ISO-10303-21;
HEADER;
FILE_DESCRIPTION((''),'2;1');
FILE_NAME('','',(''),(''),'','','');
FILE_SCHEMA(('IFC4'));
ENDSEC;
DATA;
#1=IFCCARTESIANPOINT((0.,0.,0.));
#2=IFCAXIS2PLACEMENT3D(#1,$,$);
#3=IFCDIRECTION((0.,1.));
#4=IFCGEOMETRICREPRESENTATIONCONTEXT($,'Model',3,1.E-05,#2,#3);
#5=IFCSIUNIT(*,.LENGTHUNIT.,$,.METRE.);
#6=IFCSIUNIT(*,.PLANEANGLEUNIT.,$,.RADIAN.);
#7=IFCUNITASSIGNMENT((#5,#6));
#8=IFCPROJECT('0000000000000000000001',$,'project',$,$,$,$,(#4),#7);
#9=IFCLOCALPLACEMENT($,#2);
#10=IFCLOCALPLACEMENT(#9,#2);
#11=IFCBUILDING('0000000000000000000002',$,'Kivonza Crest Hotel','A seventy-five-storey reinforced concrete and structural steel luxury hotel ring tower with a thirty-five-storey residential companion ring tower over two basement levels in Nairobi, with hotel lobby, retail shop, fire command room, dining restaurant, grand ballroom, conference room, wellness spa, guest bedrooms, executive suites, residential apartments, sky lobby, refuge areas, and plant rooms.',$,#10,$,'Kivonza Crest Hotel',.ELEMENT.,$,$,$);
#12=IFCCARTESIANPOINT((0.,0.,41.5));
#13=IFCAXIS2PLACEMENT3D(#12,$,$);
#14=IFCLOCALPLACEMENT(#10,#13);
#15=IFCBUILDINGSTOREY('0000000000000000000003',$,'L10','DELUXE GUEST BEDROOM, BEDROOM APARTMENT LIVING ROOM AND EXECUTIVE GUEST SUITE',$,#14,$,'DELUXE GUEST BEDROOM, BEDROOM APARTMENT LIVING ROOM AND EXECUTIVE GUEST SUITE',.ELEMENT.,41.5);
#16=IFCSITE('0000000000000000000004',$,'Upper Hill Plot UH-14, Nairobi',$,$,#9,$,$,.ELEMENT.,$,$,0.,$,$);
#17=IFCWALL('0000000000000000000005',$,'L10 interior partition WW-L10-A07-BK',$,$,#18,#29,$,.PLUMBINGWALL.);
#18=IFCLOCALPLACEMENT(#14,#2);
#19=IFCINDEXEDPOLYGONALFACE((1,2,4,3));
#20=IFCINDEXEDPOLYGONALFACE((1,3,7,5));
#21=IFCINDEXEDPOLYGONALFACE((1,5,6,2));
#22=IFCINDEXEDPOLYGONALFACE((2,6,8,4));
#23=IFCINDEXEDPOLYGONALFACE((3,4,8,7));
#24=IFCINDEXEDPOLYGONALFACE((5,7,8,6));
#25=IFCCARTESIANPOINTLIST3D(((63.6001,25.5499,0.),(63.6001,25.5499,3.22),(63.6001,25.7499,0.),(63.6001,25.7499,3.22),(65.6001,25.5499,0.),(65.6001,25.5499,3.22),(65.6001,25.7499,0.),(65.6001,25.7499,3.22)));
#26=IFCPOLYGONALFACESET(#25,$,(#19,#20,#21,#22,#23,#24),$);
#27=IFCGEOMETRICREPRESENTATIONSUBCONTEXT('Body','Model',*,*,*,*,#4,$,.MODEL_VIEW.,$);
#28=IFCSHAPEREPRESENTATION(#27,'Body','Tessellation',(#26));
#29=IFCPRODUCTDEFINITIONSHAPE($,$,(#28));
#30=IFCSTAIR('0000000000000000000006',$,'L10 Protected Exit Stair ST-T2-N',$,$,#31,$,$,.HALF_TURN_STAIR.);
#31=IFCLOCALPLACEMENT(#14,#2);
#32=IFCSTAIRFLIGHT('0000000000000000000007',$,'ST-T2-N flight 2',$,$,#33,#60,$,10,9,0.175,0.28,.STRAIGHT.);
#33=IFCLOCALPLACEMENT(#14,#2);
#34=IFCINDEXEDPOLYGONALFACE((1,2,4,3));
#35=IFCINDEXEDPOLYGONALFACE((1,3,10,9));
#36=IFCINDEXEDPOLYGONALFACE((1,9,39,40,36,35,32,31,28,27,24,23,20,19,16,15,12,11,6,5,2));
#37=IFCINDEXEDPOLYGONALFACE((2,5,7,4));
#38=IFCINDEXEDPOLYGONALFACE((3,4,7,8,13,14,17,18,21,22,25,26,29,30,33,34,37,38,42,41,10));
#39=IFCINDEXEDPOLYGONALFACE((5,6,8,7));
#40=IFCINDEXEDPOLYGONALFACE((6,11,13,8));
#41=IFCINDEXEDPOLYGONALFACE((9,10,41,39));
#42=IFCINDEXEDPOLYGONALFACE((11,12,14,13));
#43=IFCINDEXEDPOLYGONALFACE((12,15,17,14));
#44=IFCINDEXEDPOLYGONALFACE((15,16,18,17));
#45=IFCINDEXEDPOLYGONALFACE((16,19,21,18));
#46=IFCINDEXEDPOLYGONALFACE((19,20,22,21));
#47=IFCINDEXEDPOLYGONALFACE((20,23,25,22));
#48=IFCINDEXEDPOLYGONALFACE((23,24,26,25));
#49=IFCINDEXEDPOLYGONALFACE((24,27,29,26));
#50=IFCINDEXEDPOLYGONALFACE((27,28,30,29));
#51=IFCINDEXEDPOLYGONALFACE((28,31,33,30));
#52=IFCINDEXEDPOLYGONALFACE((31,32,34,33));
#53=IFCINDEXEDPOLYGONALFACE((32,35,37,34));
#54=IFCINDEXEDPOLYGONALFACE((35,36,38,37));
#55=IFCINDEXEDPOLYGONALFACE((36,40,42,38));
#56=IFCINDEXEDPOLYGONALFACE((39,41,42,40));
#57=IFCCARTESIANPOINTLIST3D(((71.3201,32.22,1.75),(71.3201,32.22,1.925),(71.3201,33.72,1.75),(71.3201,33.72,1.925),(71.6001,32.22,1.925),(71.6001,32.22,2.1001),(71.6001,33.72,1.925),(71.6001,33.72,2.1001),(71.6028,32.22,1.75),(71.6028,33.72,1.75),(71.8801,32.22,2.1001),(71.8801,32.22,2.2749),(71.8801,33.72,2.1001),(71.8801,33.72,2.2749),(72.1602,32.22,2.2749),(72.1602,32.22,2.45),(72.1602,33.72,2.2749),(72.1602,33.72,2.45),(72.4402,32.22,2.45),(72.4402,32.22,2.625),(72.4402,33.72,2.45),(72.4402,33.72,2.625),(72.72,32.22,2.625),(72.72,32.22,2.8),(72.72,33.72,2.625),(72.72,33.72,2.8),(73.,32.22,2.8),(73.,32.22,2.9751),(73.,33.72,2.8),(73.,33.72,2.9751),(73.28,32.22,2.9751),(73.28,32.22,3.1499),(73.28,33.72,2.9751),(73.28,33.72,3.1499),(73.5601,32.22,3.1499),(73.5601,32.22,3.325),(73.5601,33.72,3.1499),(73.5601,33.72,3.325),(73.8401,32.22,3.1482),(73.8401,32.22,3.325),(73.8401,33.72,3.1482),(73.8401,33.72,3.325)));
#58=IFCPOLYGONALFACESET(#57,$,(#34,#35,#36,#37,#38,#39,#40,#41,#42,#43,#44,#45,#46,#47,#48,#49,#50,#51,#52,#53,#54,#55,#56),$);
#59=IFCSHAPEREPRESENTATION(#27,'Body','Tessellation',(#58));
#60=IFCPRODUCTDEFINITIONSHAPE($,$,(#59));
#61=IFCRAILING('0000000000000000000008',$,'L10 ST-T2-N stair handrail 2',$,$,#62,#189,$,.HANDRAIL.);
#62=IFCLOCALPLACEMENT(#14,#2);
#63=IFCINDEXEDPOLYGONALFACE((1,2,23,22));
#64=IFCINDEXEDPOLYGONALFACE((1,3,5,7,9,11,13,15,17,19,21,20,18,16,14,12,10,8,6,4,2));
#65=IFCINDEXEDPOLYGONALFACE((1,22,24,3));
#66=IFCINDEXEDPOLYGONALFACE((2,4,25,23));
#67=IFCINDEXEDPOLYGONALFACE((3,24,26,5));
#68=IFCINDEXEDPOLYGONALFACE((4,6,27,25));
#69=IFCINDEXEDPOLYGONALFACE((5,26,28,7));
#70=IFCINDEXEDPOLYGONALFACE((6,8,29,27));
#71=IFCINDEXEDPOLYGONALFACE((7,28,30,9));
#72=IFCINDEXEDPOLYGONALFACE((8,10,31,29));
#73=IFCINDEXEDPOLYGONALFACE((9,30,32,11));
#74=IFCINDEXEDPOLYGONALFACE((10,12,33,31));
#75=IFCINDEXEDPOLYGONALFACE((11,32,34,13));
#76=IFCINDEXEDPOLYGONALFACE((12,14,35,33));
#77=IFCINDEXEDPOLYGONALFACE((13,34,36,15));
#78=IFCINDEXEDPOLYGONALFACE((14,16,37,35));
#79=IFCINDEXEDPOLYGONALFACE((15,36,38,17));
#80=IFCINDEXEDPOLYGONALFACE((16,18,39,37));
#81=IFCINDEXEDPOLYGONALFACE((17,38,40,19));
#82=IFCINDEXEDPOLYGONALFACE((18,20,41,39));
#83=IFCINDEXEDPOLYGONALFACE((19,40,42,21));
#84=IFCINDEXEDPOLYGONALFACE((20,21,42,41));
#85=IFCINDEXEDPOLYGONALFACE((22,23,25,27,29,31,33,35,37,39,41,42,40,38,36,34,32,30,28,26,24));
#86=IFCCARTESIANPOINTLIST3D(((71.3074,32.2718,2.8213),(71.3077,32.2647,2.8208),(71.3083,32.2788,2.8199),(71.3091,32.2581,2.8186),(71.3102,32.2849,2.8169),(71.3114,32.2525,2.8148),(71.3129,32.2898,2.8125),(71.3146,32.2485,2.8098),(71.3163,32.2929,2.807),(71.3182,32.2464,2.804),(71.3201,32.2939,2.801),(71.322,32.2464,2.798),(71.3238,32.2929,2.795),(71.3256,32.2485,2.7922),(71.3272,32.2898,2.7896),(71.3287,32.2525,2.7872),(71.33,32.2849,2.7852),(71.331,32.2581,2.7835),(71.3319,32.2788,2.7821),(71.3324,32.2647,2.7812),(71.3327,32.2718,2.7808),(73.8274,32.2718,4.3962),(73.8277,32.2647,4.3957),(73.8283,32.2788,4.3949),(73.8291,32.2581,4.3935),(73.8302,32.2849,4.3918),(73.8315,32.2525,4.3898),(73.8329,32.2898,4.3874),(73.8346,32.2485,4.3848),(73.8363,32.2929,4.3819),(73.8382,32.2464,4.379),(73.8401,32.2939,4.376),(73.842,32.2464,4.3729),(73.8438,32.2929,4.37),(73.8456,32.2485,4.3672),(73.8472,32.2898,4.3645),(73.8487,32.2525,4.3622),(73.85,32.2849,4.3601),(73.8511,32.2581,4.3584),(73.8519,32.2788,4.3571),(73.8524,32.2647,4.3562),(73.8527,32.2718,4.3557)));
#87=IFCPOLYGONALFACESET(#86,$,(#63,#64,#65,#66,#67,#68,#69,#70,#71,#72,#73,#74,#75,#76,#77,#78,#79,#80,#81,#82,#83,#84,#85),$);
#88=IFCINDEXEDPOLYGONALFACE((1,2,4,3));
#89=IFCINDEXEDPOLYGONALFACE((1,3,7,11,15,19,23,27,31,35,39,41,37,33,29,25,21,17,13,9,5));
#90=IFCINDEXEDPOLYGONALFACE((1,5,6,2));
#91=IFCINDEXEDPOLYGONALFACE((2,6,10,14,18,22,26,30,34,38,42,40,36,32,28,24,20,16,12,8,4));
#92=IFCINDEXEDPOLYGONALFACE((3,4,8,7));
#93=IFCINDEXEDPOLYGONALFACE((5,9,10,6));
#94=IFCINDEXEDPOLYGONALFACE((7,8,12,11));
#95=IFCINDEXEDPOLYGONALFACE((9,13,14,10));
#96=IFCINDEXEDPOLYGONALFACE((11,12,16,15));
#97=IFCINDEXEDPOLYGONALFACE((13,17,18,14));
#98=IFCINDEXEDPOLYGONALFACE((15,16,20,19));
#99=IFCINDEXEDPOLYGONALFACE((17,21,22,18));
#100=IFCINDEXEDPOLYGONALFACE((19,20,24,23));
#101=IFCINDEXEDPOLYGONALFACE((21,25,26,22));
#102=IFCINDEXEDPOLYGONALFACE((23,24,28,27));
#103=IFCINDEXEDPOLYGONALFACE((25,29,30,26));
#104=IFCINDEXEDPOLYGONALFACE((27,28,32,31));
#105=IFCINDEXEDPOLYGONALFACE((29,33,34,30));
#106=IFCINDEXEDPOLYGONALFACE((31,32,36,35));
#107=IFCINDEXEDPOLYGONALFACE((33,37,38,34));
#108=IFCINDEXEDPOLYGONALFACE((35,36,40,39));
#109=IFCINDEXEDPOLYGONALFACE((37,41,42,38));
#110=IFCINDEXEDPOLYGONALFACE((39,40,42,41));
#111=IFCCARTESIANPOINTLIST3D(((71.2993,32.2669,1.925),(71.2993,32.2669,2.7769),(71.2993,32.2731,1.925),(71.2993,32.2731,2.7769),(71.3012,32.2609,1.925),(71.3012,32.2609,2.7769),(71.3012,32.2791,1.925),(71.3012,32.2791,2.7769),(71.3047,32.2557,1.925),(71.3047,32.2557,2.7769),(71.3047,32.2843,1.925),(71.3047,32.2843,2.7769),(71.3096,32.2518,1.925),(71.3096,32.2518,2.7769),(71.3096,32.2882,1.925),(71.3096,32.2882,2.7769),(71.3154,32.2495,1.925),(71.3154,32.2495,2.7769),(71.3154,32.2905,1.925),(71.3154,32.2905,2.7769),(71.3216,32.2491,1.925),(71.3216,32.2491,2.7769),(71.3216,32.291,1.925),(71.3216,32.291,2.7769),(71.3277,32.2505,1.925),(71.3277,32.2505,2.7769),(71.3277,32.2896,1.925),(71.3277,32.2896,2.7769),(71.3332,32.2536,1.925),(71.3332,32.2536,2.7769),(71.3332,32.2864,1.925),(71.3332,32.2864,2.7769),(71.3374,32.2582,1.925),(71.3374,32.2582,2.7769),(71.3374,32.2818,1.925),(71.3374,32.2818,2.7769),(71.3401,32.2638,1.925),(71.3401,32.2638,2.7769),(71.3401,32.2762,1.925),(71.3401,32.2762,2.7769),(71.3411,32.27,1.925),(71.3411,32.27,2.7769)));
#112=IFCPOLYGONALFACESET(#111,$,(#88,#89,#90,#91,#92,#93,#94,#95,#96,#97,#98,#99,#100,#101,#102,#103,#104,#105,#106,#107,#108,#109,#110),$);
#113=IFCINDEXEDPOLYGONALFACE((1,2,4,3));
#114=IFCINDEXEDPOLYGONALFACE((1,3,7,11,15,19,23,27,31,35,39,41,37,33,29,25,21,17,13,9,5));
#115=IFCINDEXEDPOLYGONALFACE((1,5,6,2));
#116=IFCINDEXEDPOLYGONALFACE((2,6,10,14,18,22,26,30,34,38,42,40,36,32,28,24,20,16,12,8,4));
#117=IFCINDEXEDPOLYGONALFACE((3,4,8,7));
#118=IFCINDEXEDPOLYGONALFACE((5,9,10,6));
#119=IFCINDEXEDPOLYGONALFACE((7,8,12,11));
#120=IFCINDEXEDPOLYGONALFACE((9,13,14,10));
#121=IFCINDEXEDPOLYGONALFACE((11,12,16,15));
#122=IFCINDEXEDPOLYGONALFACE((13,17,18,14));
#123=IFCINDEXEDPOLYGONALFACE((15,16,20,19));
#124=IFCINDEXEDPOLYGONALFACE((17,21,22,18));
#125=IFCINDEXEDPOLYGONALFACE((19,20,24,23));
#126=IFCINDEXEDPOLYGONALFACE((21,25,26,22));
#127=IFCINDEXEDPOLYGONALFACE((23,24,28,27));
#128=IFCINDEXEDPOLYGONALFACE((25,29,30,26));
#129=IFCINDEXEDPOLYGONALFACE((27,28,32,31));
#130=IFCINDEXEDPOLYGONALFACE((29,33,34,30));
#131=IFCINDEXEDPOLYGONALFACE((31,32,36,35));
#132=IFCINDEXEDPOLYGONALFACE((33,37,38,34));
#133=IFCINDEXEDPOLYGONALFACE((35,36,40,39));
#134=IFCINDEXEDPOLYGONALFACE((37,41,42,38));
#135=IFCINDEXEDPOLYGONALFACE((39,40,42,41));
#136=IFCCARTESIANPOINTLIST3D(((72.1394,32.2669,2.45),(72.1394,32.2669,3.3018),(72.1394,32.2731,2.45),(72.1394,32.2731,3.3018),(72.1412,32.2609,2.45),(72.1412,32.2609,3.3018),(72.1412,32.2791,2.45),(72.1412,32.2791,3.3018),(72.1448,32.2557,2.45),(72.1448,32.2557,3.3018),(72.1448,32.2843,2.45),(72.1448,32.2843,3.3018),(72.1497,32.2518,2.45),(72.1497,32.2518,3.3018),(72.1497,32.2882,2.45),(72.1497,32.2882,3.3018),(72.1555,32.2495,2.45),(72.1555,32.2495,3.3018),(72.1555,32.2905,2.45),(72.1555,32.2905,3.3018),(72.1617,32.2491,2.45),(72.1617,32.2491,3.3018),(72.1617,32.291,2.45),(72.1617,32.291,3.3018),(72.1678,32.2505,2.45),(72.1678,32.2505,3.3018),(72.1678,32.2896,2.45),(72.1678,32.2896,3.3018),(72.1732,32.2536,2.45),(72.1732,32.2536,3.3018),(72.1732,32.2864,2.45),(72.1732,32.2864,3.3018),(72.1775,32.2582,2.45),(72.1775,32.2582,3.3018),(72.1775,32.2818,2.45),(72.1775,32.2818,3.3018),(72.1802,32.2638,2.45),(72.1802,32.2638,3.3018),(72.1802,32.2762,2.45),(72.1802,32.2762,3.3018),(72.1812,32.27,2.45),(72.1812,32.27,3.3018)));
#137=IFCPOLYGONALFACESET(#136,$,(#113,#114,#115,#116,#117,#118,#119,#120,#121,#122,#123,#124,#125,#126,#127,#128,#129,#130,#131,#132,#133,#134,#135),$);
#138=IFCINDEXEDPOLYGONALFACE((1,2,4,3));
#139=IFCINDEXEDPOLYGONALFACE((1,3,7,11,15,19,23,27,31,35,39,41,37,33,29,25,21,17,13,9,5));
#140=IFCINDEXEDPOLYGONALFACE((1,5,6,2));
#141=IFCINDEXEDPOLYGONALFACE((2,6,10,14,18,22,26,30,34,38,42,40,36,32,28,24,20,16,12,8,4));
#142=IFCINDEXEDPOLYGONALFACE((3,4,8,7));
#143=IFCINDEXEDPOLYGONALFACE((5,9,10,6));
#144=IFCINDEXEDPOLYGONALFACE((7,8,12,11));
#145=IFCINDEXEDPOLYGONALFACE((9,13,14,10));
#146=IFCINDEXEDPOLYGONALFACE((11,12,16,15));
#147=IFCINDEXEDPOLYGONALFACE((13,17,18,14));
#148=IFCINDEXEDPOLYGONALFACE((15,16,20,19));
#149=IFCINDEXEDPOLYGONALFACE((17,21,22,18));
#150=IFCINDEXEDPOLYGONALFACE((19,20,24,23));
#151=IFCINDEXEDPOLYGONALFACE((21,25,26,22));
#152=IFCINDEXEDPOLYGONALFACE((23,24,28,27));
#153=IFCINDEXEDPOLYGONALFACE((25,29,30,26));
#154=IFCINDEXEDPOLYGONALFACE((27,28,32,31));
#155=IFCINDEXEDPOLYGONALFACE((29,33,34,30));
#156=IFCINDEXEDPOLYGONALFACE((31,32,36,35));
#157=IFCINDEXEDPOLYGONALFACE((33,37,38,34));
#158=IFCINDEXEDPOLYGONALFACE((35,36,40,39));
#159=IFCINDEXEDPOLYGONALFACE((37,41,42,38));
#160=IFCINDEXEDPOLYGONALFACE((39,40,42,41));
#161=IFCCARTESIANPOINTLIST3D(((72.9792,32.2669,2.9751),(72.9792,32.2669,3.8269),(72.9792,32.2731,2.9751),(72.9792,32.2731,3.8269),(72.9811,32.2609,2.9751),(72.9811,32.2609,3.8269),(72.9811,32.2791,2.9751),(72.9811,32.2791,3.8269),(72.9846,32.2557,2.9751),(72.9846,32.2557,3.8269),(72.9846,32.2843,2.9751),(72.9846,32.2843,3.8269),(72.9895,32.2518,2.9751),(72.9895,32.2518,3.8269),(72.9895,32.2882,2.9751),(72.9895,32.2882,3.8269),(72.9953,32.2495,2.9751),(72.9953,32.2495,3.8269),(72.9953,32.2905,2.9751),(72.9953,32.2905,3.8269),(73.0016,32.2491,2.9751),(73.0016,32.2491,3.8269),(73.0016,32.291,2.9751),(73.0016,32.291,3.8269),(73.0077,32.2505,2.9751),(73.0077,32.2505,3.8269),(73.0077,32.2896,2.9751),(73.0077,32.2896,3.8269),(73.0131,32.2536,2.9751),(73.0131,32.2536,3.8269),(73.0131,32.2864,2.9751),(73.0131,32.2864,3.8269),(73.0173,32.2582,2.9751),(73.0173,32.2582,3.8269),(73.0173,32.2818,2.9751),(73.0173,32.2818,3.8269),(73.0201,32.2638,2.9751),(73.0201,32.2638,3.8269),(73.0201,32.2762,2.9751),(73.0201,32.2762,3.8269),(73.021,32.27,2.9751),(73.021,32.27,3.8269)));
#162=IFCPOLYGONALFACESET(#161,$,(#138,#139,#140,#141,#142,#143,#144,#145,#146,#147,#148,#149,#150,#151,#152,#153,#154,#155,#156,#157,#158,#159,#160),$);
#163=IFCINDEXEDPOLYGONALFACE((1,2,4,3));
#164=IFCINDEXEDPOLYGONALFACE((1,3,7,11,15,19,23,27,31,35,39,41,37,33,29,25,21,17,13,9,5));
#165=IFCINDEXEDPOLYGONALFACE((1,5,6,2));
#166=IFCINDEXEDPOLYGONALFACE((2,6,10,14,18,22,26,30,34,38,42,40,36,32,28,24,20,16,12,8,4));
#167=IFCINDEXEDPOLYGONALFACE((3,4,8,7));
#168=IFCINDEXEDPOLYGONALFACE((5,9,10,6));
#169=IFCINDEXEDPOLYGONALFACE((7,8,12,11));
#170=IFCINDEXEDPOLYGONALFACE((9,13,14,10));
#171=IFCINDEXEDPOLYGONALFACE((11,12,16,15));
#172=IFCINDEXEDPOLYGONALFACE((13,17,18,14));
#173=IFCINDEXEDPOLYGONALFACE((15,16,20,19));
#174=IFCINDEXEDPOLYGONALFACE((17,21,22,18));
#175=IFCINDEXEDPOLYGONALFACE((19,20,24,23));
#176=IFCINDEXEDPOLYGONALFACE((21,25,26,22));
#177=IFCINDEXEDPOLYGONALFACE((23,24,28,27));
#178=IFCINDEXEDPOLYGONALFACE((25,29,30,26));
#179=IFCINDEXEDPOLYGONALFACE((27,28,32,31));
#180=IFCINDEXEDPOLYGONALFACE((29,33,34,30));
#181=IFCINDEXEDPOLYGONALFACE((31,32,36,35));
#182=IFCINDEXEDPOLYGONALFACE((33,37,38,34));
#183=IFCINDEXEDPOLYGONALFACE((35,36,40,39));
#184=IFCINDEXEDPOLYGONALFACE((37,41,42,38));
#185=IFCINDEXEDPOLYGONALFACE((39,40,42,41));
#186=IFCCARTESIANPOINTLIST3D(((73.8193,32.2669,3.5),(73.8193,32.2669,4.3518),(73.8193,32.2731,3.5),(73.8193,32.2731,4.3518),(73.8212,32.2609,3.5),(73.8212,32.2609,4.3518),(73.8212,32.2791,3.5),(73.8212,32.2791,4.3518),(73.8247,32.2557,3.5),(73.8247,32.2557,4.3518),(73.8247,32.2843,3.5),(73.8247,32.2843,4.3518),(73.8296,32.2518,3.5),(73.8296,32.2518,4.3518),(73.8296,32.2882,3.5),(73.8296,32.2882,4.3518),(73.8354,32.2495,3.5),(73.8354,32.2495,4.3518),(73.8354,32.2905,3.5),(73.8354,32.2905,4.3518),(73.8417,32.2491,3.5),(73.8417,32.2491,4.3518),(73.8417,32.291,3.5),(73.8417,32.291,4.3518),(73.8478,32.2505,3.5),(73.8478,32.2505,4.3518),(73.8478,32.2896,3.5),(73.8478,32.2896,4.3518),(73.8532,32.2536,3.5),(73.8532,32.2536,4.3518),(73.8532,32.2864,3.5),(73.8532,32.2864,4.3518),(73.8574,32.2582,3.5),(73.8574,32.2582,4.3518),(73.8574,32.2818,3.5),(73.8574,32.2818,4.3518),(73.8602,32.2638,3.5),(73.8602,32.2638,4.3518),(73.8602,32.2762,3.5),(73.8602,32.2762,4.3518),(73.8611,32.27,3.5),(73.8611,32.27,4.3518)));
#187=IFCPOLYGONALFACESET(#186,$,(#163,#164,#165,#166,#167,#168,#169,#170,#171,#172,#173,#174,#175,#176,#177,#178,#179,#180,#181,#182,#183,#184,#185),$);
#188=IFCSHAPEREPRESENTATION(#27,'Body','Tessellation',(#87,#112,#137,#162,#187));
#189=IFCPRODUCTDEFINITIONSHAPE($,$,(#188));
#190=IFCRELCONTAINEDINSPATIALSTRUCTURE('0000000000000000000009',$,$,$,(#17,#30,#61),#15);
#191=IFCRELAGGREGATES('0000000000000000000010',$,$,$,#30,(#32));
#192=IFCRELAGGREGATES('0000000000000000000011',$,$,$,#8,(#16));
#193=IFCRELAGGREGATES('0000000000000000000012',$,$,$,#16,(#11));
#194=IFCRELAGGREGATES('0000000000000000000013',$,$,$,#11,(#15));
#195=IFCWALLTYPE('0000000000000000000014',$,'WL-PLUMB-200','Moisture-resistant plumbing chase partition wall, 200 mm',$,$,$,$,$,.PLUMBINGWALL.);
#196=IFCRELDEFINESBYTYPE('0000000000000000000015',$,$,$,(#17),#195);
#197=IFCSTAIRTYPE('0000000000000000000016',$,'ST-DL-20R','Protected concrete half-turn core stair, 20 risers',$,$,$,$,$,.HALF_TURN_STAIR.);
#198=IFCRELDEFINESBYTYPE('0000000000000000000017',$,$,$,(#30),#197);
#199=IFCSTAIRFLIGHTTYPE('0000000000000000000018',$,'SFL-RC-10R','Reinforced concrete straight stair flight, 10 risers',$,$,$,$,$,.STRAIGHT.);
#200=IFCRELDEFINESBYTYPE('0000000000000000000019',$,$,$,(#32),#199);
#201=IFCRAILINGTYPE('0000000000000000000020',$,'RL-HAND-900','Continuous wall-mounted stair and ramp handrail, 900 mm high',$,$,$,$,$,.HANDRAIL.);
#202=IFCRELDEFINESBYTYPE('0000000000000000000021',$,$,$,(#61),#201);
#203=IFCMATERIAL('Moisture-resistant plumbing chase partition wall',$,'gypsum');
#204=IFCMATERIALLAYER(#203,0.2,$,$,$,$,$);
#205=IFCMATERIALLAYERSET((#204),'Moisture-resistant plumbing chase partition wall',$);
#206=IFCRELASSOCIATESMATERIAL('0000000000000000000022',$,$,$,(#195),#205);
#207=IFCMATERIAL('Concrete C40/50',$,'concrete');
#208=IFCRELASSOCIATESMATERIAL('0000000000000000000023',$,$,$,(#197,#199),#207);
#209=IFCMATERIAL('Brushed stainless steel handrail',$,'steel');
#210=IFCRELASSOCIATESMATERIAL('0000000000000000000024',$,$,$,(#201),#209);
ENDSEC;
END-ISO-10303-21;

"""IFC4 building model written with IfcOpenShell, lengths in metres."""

from ifc_helpers import new_model, si_unit, direction, frame, frame_2d, origin, origin_2d, place, context, subcontext, project, spatial, polyline, rectangle, circle, outline, extrude, material, layer, layer_set, type_object, element, aggregate, save


model = new_model("IFC4")

# Units and contexts
model_context = context("Model", 3, precision=1e-05, world=origin(), true_north=direction((0.0, 1.0)))
body_context = subcontext(model_context, "Body", "Model", "MODEL_VIEW")
ifc_project = project(units=[si_unit("LENGTHUNIT", "METRE"), si_unit("PLANEANGLEUNIT", "RADIAN")], contexts=[model_context])

# Site, building, storey
site_placement = place(None, origin())
site = spatial("IfcSite", under=ifc_project, at=site_placement, Name="Upper Hill Plot UH-14, Nairobi", CompositionType="ELEMENT", RefElevation=0.0)
building_placement = place(site_placement, origin())
building = spatial("IfcBuilding", under=site, at=building_placement, Name="Kivonza Crest Hotel", Description="A seventy-five-storey reinforced concrete and structural steel luxury hotel ring tower with a thirty-five-storey residential companion ring tower over two basement levels in Nairobi, with hotel lobby, retail shop, fire command room, dining restaurant, grand ballroom, conference room, wellness spa, guest bedrooms, executive suites, residential apartments, sky lobby, refuge areas, and plant rooms.", LongName="Kivonza Crest Hotel", CompositionType="ELEMENT")
storey_placement = place(building_placement, frame((0.0, 0.0, 41.5)))
storey = spatial("IfcBuildingStorey", under=building, at=storey_placement, Name="L10", Description="DELUXE GUEST BEDROOM, BEDROOM APARTMENT LIVING ROOM AND EXECUTIVE GUEST SUITE", LongName="DELUXE GUEST BEDROOM, BEDROOM APARTMENT LIVING ROOM AND EXECUTIVE GUEST SUITE", CompositionType="ELEMENT", Elevation=41.5)

# Wall
ifc_material_1 = material(Name="Moisture-resistant plumbing chase partition wall", Category="gypsum")
ifc_layer_1 = layer(ifc_material_1, 0.2)
ifc_layer_set_1 = layer_set([ifc_layer_1], Name="Moisture-resistant plumbing chase partition wall")
wall_type_1 = type_object("IfcWallType", Name="WL-PLUMB-200", Description="Moisture-resistant plumbing chase partition wall, 200 mm", PredefinedType="PLUMBINGWALL", material=ifc_layer_set_1)
wall_1_placement = place(storey_placement, frame((63.6001, 25.6499, 0.0), z_axis=(0.0, 0.0, 1.0), x_axis=(1.0, 0.0, 0.0)))
element("IfcWall", 1, at=wall_1_placement, inside=storey, type_object=wall_type_1, Name="L10 interior partition WW-L10-A07-BK", PredefinedType="PLUMBINGWALL", context=body_context, shape_type="SweptSolid", body=[
    extrude(rectangle(XDim=2.0, YDim=0.2, at=frame_2d((1.0, 0.0))), origin(), (0.0, 0.0, 1.0), 3.22),
])

# Stair, stair flight
ifc_material_2 = material(Name="Concrete C40/50", Category="concrete")
stair_type = type_object("IfcStairType", Name="ST-DL-20R", Description="Protected concrete half-turn core stair, 20 risers", PredefinedType="HALF_TURN_STAIR", material=ifc_material_2)
stair_placement = place(storey_placement, origin())
stair = element("IfcStair", 2, at=stair_placement, inside=storey, type_object=stair_type, Name="L10 Protected Exit Stair ST-T2-N", PredefinedType="HALF_TURN_STAIR")
stair_flight_type = type_object("IfcStairFlightType", Name="SFL-RC-10R", Description="Reinforced concrete straight stair flight, 10 risers", PredefinedType="STRAIGHT", material=ifc_material_2)
stair_flight_placement = place(storey_placement, frame((71.3201, 32.97, 1.75), z_axis=(0.0, 0.0, 1.0), x_axis=(1.0, 0.0, 0.0)))
stair_flight = element("IfcStairFlight", 3, at=stair_flight_placement, type_object=stair_flight_type, Name="ST-T2-N flight 2", NumberOfRisers=10, NumberOfTreads=9, PredefinedType="STRAIGHT", RiserHeight=0.175, TreadLength=0.28, context=body_context, shape_type="SweptSolid", body=[
    extrude(outline(polyline([(0.0, 0.0), (0.0, 0.175), (0.28, 0.175), (0.28, 0.3501), (0.5601, 0.3501), (0.5601, 0.5249), (0.8401, 0.5249), (0.8401, 0.7), (1.1201, 0.7), (1.1201, 0.875), (1.3999, 0.875), (1.3999, 1.05), (1.6799, 1.05), (1.6799, 1.2251), (1.96, 1.2251), (1.96, 1.3999), (2.24, 1.3999), (2.24, 1.575), (2.52, 1.575), (2.52, 1.75), (2.52, 1.3982), (0.2827, 0.0), (0.0, 0.0)])), frame((0.0, 0.75, 0.0), z_axis=(0.0, -1.0, 0.0), x_axis=(1.0, 0.0, 0.0)), (0.0, 0.0, 1.0), 1.5),
])
aggregate(stair, [stair_flight])

# Railing
ifc_material_3 = material(Name="Brushed stainless steel handrail", Category="steel")
railing_type_1 = type_object("IfcRailingType", Name="RL-HAND-900", Description="Continuous wall-mounted stair and ramp handrail, 900 mm high", PredefinedType="HANDRAIL", material=ifc_material_3)
railing_1_placement = place(storey_placement, frame((71.3201, 32.27, 1.925)))
element("IfcRailing", 4, at=railing_1_placement, inside=storey, type_object=railing_type_1, Name="L10 ST-T2-N stair handrail 2", PredefinedType="HANDRAIL", context=body_context, shape_type="SweptSolid", body=[
    extrude(circle(Radius=0.0239, at=origin_2d()), frame((0.0, 0.0, 0.876), z_axis=(0.848008, 0.0, 0.529984), x_axis=(0.0, 1.0, 0.0)), (0.0, 0.0, 1.0), 2.9717),
    extrude(circle(Radius=0.021, at=origin_2d()), origin(), (0.0, 0.0, 1.0), 0.8518),
    extrude(circle(Radius=0.021, at=origin_2d()), frame((0.8401, 0.0, 0.5249)), (0.0, 0.0, 1.0), 0.8518),
    extrude(circle(Radius=0.021, at=origin_2d()), frame((1.6799, 0.0, 1.05)), (0.0, 0.0, 1.0), 0.8518),
    extrude(circle(Radius=0.021, at=origin_2d()), frame((2.52, 0.0, 1.575)), (0.0, 0.0, 1.0), 0.8518),
])

save(model, "model.ifc")
